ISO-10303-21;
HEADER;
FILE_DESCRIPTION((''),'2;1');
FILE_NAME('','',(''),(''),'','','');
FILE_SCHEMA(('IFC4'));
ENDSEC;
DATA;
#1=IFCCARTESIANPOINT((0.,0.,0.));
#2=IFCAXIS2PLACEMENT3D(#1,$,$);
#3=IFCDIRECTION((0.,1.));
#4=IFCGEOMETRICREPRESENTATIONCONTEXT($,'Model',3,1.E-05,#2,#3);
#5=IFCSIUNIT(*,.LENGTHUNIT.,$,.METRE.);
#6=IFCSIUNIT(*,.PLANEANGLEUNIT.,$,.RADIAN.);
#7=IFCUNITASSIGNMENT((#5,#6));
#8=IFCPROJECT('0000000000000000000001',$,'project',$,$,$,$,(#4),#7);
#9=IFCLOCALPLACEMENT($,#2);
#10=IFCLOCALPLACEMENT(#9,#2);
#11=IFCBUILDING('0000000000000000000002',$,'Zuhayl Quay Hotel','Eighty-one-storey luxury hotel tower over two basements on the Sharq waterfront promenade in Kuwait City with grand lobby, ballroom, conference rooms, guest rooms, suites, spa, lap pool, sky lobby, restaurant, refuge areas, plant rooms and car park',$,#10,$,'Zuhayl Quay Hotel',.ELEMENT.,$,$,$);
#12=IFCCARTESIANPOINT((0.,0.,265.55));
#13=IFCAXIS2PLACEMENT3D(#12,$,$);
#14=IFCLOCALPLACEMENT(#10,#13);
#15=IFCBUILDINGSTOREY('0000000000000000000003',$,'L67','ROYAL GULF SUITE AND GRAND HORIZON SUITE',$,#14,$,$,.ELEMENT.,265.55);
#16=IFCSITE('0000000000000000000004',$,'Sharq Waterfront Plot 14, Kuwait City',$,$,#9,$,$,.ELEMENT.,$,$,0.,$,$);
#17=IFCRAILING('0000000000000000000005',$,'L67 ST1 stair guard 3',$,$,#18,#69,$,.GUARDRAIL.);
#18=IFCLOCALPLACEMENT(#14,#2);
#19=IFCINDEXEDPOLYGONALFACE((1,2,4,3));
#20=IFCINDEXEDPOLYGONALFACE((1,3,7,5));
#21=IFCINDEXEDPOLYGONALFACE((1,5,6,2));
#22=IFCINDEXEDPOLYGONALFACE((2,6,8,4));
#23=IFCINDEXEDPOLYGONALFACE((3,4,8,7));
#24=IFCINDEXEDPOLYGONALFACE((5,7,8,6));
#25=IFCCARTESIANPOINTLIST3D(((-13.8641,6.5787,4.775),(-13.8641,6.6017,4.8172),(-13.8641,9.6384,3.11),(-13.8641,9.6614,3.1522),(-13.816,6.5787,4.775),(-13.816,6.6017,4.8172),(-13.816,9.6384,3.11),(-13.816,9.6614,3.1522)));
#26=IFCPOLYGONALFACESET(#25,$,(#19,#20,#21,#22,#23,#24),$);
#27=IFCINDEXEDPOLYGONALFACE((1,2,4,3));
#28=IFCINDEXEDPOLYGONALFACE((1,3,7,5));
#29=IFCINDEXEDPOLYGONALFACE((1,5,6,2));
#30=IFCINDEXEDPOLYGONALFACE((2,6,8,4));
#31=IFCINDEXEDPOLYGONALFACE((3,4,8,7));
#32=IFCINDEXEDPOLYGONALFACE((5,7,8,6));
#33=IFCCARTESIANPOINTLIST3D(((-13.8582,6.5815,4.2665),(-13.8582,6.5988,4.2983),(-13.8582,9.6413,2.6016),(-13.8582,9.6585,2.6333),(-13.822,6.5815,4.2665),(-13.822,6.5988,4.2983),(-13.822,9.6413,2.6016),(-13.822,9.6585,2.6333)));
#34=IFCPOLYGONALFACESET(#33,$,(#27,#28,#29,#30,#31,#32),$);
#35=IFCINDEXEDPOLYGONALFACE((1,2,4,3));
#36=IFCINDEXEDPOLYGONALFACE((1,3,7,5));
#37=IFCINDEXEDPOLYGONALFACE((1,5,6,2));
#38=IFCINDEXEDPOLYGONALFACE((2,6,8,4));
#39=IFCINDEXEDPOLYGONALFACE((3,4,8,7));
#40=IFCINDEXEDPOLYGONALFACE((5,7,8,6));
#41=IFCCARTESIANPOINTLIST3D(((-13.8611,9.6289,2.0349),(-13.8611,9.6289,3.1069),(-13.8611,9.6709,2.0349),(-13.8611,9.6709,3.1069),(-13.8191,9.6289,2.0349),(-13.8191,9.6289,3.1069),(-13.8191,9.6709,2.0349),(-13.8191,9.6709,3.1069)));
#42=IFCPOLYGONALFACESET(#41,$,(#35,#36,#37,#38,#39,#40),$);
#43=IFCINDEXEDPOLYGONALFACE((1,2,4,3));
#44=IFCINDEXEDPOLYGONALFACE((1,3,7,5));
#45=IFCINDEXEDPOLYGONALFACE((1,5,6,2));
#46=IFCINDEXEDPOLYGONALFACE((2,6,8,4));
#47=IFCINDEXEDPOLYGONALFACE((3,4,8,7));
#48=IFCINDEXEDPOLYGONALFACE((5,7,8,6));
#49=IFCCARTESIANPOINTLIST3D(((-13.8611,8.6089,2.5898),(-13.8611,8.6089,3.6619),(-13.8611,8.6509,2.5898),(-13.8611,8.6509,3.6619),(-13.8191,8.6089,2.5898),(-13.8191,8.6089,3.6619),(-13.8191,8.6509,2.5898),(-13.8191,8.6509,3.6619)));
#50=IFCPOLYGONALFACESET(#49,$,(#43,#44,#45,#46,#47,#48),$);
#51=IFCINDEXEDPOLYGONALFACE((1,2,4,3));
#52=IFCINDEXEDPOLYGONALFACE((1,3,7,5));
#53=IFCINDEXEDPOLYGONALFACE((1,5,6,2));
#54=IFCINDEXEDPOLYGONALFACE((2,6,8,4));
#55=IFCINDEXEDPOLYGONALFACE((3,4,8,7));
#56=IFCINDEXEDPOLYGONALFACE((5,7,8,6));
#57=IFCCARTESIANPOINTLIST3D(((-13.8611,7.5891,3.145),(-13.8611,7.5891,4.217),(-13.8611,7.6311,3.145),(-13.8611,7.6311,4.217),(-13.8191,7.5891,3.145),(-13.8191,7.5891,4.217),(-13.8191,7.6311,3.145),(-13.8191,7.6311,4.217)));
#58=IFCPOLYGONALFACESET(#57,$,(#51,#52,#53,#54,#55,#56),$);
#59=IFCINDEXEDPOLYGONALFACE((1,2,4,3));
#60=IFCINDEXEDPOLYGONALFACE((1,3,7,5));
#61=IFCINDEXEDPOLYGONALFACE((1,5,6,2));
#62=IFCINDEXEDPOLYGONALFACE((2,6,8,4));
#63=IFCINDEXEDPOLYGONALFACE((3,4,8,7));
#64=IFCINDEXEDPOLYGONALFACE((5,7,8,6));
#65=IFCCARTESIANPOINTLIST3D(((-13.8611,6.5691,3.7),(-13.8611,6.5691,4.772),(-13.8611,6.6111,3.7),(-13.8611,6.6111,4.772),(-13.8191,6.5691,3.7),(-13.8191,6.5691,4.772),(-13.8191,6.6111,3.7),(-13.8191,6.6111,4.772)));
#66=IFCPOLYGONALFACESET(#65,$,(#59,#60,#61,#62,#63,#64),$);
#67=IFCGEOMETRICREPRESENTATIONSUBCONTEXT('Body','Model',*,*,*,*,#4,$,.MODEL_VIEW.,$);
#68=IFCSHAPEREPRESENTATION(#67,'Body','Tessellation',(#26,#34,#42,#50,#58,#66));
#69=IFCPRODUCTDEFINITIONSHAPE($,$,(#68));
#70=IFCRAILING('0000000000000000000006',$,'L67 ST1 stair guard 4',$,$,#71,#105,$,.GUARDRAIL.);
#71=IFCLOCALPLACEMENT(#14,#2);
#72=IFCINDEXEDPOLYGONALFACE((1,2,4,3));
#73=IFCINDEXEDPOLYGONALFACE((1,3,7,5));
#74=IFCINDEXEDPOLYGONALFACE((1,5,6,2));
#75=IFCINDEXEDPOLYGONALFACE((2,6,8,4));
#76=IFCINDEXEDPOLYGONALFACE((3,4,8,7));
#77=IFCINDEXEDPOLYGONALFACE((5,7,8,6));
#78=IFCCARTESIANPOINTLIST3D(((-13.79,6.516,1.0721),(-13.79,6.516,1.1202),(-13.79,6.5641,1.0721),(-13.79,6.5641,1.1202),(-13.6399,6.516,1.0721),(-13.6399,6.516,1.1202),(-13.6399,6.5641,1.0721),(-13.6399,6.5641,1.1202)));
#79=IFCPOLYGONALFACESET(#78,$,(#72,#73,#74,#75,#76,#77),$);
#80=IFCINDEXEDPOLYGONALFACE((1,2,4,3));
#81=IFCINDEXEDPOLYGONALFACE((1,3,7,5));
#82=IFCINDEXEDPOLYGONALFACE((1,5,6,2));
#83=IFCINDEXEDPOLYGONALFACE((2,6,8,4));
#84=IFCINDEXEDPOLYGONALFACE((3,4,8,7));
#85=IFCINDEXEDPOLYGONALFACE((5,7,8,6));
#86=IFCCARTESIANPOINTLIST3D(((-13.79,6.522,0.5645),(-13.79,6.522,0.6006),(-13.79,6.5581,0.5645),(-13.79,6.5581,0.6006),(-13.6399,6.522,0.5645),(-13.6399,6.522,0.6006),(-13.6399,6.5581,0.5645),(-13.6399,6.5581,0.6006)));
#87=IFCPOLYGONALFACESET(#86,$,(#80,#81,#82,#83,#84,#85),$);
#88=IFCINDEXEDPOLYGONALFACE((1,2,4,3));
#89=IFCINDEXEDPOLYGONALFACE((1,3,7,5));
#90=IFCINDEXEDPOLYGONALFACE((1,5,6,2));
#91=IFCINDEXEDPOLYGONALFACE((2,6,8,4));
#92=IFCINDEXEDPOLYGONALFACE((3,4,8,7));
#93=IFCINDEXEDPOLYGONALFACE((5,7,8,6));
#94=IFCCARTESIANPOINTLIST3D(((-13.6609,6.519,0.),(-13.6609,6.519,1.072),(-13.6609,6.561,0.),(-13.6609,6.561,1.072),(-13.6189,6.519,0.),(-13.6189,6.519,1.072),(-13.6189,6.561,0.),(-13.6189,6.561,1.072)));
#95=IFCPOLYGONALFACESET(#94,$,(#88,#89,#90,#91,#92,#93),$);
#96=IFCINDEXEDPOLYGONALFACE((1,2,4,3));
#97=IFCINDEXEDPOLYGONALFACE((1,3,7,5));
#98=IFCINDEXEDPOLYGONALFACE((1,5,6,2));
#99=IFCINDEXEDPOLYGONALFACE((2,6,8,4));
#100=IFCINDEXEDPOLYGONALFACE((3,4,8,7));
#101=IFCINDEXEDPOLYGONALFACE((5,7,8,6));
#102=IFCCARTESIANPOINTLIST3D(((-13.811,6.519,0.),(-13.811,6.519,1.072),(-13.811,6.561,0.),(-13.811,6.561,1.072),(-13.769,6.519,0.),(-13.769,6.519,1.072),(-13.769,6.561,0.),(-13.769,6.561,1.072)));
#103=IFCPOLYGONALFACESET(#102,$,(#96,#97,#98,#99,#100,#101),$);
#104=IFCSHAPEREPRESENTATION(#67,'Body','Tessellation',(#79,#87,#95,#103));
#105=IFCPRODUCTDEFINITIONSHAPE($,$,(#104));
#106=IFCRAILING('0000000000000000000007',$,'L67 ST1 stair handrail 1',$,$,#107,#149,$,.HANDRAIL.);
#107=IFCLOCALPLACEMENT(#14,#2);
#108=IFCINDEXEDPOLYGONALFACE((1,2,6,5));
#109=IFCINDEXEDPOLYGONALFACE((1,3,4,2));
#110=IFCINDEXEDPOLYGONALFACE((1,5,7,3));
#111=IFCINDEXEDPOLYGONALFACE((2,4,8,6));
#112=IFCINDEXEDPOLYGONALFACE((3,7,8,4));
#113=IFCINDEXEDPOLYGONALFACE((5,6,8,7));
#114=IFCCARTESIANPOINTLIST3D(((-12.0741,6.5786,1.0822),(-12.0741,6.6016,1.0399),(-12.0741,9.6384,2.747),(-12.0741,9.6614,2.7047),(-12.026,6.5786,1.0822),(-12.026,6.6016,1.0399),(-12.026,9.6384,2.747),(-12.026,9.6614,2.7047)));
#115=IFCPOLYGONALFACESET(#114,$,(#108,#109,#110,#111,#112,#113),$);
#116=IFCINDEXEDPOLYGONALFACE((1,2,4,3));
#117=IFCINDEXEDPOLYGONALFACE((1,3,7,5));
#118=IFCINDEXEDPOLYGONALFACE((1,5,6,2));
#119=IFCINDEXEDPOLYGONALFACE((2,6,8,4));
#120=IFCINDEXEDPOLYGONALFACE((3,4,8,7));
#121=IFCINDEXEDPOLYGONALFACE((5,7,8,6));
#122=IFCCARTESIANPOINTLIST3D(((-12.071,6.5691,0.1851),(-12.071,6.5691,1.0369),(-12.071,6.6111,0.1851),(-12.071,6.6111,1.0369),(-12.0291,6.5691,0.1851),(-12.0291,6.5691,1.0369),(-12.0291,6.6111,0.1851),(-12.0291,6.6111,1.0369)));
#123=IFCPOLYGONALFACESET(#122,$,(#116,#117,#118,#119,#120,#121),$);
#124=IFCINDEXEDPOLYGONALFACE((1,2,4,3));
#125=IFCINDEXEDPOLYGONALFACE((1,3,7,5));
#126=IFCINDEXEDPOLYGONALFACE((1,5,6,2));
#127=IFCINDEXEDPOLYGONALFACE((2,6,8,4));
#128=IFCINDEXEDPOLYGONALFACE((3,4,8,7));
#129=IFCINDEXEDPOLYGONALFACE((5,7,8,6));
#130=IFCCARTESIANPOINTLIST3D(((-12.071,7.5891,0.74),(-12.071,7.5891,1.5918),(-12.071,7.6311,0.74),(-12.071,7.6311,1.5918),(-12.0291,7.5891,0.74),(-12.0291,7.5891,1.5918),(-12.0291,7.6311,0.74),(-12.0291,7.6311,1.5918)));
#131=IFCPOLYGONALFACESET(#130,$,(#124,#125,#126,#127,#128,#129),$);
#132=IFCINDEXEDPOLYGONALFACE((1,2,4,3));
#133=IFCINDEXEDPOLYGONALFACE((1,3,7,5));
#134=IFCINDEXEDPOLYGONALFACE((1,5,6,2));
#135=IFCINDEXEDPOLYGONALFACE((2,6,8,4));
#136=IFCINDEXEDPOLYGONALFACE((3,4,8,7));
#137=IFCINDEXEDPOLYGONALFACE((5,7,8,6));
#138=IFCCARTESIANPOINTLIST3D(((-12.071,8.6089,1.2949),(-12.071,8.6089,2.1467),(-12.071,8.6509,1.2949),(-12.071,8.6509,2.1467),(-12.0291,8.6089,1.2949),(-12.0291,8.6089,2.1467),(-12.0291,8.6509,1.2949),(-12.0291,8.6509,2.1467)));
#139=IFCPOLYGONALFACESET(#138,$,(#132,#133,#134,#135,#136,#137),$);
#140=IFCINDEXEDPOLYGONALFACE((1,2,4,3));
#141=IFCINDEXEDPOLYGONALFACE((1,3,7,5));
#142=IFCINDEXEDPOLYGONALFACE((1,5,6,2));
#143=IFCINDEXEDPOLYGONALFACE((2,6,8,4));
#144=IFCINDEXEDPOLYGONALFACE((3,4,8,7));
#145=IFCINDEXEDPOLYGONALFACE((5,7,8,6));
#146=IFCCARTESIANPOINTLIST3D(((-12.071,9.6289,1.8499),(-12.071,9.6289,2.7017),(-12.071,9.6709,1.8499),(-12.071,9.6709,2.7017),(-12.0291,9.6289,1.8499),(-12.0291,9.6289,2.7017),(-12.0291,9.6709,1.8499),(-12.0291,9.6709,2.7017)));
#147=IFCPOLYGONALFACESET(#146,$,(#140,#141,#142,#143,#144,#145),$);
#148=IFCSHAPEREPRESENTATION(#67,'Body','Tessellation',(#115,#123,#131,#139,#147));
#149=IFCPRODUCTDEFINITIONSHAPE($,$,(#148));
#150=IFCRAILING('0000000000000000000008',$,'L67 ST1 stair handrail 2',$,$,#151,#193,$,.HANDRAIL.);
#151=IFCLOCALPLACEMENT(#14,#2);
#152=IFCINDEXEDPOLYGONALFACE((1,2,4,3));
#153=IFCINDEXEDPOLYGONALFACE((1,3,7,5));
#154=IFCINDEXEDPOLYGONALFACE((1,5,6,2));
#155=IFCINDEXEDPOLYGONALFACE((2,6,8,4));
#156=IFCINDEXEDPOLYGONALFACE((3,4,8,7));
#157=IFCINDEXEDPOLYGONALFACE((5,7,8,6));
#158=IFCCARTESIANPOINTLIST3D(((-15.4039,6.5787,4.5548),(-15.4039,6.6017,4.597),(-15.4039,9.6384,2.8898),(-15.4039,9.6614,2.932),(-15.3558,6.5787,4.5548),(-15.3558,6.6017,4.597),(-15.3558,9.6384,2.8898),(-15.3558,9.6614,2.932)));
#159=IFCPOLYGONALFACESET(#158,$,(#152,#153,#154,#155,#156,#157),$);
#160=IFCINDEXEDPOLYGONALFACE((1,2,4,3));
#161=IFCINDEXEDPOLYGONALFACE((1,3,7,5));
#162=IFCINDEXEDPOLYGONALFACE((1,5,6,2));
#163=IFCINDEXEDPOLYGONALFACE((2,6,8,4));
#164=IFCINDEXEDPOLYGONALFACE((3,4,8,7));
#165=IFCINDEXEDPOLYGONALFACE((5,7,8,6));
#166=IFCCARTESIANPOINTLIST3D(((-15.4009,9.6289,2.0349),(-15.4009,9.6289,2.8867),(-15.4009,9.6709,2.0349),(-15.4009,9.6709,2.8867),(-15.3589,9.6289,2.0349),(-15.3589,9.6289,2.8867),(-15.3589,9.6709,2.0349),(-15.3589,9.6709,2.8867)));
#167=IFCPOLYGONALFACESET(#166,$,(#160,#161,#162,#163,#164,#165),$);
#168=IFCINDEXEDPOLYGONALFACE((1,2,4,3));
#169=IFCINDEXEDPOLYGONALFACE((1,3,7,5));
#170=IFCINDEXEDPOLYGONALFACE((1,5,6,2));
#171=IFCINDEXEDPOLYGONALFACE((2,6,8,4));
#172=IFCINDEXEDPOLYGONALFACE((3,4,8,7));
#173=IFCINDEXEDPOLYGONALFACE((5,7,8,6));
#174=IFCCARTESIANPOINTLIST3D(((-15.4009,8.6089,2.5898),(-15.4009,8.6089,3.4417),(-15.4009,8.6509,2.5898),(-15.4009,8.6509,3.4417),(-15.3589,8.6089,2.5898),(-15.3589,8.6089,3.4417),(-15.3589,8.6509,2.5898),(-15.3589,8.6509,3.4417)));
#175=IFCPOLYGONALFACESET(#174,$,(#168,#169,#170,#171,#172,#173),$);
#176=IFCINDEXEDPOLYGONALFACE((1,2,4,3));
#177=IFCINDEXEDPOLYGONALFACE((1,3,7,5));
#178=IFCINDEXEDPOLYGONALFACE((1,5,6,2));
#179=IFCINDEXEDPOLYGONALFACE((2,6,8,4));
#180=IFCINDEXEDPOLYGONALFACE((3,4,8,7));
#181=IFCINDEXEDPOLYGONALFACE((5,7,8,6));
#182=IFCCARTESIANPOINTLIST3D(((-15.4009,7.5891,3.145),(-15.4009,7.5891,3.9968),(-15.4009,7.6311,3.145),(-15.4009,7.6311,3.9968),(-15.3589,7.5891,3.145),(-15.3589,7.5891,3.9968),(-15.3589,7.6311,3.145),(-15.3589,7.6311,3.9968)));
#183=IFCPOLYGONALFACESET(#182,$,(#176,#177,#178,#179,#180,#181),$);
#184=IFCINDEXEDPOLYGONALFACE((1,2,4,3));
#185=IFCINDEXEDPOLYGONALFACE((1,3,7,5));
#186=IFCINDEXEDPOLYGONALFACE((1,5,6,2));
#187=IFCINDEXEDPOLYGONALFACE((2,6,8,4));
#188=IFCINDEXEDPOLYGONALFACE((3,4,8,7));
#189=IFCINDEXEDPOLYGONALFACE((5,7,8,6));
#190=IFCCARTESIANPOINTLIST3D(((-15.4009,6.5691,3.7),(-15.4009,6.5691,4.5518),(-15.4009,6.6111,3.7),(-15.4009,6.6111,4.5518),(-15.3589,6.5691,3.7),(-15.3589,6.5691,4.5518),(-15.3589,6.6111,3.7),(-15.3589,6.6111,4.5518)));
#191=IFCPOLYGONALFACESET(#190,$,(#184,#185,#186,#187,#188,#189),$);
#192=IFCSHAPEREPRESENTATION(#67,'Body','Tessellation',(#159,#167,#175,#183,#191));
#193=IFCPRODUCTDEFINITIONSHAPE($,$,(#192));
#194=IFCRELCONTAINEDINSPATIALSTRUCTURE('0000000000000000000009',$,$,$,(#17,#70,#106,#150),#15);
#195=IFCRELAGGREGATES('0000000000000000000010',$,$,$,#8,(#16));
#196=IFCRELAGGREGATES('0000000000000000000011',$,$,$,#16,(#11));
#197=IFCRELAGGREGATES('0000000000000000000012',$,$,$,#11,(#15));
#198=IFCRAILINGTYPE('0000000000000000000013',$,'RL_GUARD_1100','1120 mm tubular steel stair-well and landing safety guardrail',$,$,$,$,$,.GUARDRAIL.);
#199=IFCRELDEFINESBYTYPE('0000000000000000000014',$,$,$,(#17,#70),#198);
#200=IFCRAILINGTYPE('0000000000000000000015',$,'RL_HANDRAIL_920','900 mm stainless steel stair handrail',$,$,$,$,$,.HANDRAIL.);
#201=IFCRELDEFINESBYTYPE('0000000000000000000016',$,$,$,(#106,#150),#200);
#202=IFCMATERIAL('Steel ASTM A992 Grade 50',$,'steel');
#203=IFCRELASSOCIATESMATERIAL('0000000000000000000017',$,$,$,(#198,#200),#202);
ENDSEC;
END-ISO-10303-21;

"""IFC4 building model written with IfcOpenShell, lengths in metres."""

from ifc_helpers import new_model, si_unit, direction, frame, origin, origin_2d, place, context, subcontext, project, spatial, rectangle, extrude, material, type_object, element, save


model = new_model("IFC4")

# Units and contexts
model_context = context("Model", 3, precision=1e-05, world=origin(), true_north=direction((0.0, 1.0)))
body_context = subcontext(model_context, "Body", "Model", "MODEL_VIEW")
ifc_project = project(units=[si_unit("LENGTHUNIT", "METRE"), si_unit("PLANEANGLEUNIT", "RADIAN")], contexts=[model_context])

# Site, building, storey
site_placement = place(None, origin())
site = spatial("IfcSite", under=ifc_project, at=site_placement, Name="Sharq Waterfront Plot 14, Kuwait City", CompositionType="ELEMENT", RefElevation=0.0)
building_placement = place(site_placement, origin())
building = spatial("IfcBuilding", under=site, at=building_placement, Name="Zuhayl Quay Hotel", Description="Eighty-one-storey luxury hotel tower over two basements on the Sharq waterfront promenade in Kuwait City with grand lobby, ballroom, conference rooms, guest rooms, suites, spa, lap pool, sky lobby, restaurant, refuge areas, plant rooms and car park", LongName="Zuhayl Quay Hotel", CompositionType="ELEMENT")
storey_placement = place(building_placement, frame((0.0, 0.0, 265.55)))
storey = spatial("IfcBuildingStorey", under=building, at=storey_placement, Name="L67", Description="ROYAL GULF SUITE AND GRAND HORIZON SUITE", CompositionType="ELEMENT", Elevation=265.55)

# Shared definitions
ifc_material_1 = material(Name="Steel ASTM A992 Grade 50", Category="steel")

# Railings
railing_type_1 = type_object("IfcRailingType", Name="RL_GUARD_1100", Description="1120 mm tubular steel stair-well and landing safety guardrail", PredefinedType="GUARDRAIL", material=ifc_material_1)
railing_1_placement = place(storey_placement, frame((-13.8401, 9.6499, 2.0349)))
element("IfcRailing", 1, at=railing_1_placement, inside=storey, type_object=railing_type_1, Name="L67 ST1 stair guard 3", PredefinedType="GUARDRAIL", context=body_context, shape_type="SweptSolid", body=[
    extrude(rectangle(XDim=0.0481, YDim=0.0481, at=origin_2d()), frame((0.0, 0.0, 1.0962), z_axis=(0.0, -0.878372, 0.477978), x_axis=(1.0, 0.0, 0.0)), (0.0, 0.0, 1.0), 3.4834),
    extrude(rectangle(XDim=0.0361, YDim=0.0361, at=origin_2d()), frame((0.0, 0.0, 0.5825), z_axis=(0.0, -0.878372, 0.477978), x_axis=(1.0, 0.0, 0.0)), (0.0, 0.0, 1.0), 3.4834),
    extrude(rectangle(XDim=0.042, YDim=0.042, at=origin_2d()), origin(), (0.0, 0.0, 1.0), 1.072),
    extrude(rectangle(XDim=0.042, YDim=0.042, at=origin_2d()), frame((0.0, -1.02, 0.5549)), (0.0, 0.0, 1.0), 1.072),
    extrude(rectangle(XDim=0.042, YDim=0.042, at=origin_2d()), frame((0.0, -2.0398, 1.1101)), (0.0, 0.0, 1.0), 1.072),
    extrude(rectangle(XDim=0.042, YDim=0.042, at=origin_2d()), frame((0.0, -3.0598, 1.665)), (0.0, 0.0, 1.0), 1.072),
])
railing_2_placement = place(storey_placement, frame((-13.6399, 6.54, 0.0)))
element("IfcRailing", 2, at=railing_2_placement, inside=storey, type_object=railing_type_1, Name="L67 ST1 stair guard 4", PredefinedType="GUARDRAIL", context=body_context, shape_type="SweptSolid", body=[
    extrude(rectangle(XDim=0.0481, YDim=0.0481, at=origin_2d()), frame((0.0, 0.0, 1.0962), z_axis=(-1.0, 0.0, 0.0), x_axis=(0.0, -1.0, 0.0)), (0.0, 0.0, 1.0), 0.1501),
    extrude(rectangle(XDim=0.0361, YDim=0.0361, at=origin_2d()), frame((0.0, 0.0, 0.5825), z_axis=(-1.0, 0.0, 0.0), x_axis=(0.0, -1.0, 0.0)), (0.0, 0.0, 1.0), 0.1501),
    extrude(rectangle(XDim=0.042, YDim=0.042, at=origin_2d()), origin(), (0.0, 0.0, 1.0), 1.072),
    extrude(rectangle(XDim=0.042, YDim=0.042, at=origin_2d()), frame((-0.1501, 0.0, 0.0)), (0.0, 0.0, 1.0), 1.072),
])
railing_type_2 = type_object("IfcRailingType", Name="RL_HANDRAIL_920", Description="900 mm stainless steel stair handrail", PredefinedType="HANDRAIL", material=ifc_material_1)
railing_3_placement = place(storey_placement, frame((-12.05, 6.5901, 0.1851)))
element("IfcRailing", 3, at=railing_3_placement, inside=storey, type_object=railing_type_2, Name="L67 ST1 stair handrail 1", PredefinedType="HANDRAIL", context=body_context, shape_type="SweptSolid", body=[
    extrude(rectangle(XDim=0.0481, YDim=0.0481, at=origin_2d()), frame((0.0, 0.0, 0.876), z_axis=(0.0, 0.878401, 0.477924), x_axis=(-1.0, 0.0, 0.0)), (0.0, 0.0, 1.0), 3.4834),
    extrude(rectangle(XDim=0.042, YDim=0.042, at=origin_2d()), origin(), (0.0, 0.0, 1.0), 0.8518),
    extrude(rectangle(XDim=0.042, YDim=0.042, at=origin_2d()), frame((0.0, 1.02, 0.5549)), (0.0, 0.0, 1.0), 0.8518),
    extrude(rectangle(XDim=0.042, YDim=0.042, at=origin_2d()), frame((0.0, 2.0398, 1.1099)), (0.0, 0.0, 1.0), 0.8518),
    extrude(rectangle(XDim=0.042, YDim=0.042, at=origin_2d()), frame((0.0, 3.0598, 1.6648)), (0.0, 0.0, 1.0), 0.8518),
])
railing_4_placement = place(storey_placement, frame((-15.3799, 9.6499, 2.0349)))
element("IfcRailing", 4, at=railing_4_placement, inside=storey, type_object=railing_type_2, Name="L67 ST1 stair handrail 2", PredefinedType="HANDRAIL", context=body_context, shape_type="SweptSolid", body=[
    extrude(rectangle(XDim=0.0481, YDim=0.0481, at=origin_2d()), frame((0.0, 0.0, 0.876), z_axis=(0.0, -0.878372, 0.477978), x_axis=(1.0, 0.0, 0.0)), (0.0, 0.0, 1.0), 3.4834),
    extrude(rectangle(XDim=0.042, YDim=0.042, at=origin_2d()), origin(), (0.0, 0.0, 1.0), 0.8518),
    extrude(rectangle(XDim=0.042, YDim=0.042, at=origin_2d()), frame((0.0, -1.02, 0.5549)), (0.0, 0.0, 1.0), 0.8518),
    extrude(rectangle(XDim=0.042, YDim=0.042, at=origin_2d()), frame((0.0, -2.0398, 1.1101)), (0.0, 0.0, 1.0), 0.8518),
    extrude(rectangle(XDim=0.042, YDim=0.042, at=origin_2d()), frame((0.0, -3.0598, 1.665)), (0.0, 0.0, 1.0), 0.8518),
])

save(model, "model.ifc")
